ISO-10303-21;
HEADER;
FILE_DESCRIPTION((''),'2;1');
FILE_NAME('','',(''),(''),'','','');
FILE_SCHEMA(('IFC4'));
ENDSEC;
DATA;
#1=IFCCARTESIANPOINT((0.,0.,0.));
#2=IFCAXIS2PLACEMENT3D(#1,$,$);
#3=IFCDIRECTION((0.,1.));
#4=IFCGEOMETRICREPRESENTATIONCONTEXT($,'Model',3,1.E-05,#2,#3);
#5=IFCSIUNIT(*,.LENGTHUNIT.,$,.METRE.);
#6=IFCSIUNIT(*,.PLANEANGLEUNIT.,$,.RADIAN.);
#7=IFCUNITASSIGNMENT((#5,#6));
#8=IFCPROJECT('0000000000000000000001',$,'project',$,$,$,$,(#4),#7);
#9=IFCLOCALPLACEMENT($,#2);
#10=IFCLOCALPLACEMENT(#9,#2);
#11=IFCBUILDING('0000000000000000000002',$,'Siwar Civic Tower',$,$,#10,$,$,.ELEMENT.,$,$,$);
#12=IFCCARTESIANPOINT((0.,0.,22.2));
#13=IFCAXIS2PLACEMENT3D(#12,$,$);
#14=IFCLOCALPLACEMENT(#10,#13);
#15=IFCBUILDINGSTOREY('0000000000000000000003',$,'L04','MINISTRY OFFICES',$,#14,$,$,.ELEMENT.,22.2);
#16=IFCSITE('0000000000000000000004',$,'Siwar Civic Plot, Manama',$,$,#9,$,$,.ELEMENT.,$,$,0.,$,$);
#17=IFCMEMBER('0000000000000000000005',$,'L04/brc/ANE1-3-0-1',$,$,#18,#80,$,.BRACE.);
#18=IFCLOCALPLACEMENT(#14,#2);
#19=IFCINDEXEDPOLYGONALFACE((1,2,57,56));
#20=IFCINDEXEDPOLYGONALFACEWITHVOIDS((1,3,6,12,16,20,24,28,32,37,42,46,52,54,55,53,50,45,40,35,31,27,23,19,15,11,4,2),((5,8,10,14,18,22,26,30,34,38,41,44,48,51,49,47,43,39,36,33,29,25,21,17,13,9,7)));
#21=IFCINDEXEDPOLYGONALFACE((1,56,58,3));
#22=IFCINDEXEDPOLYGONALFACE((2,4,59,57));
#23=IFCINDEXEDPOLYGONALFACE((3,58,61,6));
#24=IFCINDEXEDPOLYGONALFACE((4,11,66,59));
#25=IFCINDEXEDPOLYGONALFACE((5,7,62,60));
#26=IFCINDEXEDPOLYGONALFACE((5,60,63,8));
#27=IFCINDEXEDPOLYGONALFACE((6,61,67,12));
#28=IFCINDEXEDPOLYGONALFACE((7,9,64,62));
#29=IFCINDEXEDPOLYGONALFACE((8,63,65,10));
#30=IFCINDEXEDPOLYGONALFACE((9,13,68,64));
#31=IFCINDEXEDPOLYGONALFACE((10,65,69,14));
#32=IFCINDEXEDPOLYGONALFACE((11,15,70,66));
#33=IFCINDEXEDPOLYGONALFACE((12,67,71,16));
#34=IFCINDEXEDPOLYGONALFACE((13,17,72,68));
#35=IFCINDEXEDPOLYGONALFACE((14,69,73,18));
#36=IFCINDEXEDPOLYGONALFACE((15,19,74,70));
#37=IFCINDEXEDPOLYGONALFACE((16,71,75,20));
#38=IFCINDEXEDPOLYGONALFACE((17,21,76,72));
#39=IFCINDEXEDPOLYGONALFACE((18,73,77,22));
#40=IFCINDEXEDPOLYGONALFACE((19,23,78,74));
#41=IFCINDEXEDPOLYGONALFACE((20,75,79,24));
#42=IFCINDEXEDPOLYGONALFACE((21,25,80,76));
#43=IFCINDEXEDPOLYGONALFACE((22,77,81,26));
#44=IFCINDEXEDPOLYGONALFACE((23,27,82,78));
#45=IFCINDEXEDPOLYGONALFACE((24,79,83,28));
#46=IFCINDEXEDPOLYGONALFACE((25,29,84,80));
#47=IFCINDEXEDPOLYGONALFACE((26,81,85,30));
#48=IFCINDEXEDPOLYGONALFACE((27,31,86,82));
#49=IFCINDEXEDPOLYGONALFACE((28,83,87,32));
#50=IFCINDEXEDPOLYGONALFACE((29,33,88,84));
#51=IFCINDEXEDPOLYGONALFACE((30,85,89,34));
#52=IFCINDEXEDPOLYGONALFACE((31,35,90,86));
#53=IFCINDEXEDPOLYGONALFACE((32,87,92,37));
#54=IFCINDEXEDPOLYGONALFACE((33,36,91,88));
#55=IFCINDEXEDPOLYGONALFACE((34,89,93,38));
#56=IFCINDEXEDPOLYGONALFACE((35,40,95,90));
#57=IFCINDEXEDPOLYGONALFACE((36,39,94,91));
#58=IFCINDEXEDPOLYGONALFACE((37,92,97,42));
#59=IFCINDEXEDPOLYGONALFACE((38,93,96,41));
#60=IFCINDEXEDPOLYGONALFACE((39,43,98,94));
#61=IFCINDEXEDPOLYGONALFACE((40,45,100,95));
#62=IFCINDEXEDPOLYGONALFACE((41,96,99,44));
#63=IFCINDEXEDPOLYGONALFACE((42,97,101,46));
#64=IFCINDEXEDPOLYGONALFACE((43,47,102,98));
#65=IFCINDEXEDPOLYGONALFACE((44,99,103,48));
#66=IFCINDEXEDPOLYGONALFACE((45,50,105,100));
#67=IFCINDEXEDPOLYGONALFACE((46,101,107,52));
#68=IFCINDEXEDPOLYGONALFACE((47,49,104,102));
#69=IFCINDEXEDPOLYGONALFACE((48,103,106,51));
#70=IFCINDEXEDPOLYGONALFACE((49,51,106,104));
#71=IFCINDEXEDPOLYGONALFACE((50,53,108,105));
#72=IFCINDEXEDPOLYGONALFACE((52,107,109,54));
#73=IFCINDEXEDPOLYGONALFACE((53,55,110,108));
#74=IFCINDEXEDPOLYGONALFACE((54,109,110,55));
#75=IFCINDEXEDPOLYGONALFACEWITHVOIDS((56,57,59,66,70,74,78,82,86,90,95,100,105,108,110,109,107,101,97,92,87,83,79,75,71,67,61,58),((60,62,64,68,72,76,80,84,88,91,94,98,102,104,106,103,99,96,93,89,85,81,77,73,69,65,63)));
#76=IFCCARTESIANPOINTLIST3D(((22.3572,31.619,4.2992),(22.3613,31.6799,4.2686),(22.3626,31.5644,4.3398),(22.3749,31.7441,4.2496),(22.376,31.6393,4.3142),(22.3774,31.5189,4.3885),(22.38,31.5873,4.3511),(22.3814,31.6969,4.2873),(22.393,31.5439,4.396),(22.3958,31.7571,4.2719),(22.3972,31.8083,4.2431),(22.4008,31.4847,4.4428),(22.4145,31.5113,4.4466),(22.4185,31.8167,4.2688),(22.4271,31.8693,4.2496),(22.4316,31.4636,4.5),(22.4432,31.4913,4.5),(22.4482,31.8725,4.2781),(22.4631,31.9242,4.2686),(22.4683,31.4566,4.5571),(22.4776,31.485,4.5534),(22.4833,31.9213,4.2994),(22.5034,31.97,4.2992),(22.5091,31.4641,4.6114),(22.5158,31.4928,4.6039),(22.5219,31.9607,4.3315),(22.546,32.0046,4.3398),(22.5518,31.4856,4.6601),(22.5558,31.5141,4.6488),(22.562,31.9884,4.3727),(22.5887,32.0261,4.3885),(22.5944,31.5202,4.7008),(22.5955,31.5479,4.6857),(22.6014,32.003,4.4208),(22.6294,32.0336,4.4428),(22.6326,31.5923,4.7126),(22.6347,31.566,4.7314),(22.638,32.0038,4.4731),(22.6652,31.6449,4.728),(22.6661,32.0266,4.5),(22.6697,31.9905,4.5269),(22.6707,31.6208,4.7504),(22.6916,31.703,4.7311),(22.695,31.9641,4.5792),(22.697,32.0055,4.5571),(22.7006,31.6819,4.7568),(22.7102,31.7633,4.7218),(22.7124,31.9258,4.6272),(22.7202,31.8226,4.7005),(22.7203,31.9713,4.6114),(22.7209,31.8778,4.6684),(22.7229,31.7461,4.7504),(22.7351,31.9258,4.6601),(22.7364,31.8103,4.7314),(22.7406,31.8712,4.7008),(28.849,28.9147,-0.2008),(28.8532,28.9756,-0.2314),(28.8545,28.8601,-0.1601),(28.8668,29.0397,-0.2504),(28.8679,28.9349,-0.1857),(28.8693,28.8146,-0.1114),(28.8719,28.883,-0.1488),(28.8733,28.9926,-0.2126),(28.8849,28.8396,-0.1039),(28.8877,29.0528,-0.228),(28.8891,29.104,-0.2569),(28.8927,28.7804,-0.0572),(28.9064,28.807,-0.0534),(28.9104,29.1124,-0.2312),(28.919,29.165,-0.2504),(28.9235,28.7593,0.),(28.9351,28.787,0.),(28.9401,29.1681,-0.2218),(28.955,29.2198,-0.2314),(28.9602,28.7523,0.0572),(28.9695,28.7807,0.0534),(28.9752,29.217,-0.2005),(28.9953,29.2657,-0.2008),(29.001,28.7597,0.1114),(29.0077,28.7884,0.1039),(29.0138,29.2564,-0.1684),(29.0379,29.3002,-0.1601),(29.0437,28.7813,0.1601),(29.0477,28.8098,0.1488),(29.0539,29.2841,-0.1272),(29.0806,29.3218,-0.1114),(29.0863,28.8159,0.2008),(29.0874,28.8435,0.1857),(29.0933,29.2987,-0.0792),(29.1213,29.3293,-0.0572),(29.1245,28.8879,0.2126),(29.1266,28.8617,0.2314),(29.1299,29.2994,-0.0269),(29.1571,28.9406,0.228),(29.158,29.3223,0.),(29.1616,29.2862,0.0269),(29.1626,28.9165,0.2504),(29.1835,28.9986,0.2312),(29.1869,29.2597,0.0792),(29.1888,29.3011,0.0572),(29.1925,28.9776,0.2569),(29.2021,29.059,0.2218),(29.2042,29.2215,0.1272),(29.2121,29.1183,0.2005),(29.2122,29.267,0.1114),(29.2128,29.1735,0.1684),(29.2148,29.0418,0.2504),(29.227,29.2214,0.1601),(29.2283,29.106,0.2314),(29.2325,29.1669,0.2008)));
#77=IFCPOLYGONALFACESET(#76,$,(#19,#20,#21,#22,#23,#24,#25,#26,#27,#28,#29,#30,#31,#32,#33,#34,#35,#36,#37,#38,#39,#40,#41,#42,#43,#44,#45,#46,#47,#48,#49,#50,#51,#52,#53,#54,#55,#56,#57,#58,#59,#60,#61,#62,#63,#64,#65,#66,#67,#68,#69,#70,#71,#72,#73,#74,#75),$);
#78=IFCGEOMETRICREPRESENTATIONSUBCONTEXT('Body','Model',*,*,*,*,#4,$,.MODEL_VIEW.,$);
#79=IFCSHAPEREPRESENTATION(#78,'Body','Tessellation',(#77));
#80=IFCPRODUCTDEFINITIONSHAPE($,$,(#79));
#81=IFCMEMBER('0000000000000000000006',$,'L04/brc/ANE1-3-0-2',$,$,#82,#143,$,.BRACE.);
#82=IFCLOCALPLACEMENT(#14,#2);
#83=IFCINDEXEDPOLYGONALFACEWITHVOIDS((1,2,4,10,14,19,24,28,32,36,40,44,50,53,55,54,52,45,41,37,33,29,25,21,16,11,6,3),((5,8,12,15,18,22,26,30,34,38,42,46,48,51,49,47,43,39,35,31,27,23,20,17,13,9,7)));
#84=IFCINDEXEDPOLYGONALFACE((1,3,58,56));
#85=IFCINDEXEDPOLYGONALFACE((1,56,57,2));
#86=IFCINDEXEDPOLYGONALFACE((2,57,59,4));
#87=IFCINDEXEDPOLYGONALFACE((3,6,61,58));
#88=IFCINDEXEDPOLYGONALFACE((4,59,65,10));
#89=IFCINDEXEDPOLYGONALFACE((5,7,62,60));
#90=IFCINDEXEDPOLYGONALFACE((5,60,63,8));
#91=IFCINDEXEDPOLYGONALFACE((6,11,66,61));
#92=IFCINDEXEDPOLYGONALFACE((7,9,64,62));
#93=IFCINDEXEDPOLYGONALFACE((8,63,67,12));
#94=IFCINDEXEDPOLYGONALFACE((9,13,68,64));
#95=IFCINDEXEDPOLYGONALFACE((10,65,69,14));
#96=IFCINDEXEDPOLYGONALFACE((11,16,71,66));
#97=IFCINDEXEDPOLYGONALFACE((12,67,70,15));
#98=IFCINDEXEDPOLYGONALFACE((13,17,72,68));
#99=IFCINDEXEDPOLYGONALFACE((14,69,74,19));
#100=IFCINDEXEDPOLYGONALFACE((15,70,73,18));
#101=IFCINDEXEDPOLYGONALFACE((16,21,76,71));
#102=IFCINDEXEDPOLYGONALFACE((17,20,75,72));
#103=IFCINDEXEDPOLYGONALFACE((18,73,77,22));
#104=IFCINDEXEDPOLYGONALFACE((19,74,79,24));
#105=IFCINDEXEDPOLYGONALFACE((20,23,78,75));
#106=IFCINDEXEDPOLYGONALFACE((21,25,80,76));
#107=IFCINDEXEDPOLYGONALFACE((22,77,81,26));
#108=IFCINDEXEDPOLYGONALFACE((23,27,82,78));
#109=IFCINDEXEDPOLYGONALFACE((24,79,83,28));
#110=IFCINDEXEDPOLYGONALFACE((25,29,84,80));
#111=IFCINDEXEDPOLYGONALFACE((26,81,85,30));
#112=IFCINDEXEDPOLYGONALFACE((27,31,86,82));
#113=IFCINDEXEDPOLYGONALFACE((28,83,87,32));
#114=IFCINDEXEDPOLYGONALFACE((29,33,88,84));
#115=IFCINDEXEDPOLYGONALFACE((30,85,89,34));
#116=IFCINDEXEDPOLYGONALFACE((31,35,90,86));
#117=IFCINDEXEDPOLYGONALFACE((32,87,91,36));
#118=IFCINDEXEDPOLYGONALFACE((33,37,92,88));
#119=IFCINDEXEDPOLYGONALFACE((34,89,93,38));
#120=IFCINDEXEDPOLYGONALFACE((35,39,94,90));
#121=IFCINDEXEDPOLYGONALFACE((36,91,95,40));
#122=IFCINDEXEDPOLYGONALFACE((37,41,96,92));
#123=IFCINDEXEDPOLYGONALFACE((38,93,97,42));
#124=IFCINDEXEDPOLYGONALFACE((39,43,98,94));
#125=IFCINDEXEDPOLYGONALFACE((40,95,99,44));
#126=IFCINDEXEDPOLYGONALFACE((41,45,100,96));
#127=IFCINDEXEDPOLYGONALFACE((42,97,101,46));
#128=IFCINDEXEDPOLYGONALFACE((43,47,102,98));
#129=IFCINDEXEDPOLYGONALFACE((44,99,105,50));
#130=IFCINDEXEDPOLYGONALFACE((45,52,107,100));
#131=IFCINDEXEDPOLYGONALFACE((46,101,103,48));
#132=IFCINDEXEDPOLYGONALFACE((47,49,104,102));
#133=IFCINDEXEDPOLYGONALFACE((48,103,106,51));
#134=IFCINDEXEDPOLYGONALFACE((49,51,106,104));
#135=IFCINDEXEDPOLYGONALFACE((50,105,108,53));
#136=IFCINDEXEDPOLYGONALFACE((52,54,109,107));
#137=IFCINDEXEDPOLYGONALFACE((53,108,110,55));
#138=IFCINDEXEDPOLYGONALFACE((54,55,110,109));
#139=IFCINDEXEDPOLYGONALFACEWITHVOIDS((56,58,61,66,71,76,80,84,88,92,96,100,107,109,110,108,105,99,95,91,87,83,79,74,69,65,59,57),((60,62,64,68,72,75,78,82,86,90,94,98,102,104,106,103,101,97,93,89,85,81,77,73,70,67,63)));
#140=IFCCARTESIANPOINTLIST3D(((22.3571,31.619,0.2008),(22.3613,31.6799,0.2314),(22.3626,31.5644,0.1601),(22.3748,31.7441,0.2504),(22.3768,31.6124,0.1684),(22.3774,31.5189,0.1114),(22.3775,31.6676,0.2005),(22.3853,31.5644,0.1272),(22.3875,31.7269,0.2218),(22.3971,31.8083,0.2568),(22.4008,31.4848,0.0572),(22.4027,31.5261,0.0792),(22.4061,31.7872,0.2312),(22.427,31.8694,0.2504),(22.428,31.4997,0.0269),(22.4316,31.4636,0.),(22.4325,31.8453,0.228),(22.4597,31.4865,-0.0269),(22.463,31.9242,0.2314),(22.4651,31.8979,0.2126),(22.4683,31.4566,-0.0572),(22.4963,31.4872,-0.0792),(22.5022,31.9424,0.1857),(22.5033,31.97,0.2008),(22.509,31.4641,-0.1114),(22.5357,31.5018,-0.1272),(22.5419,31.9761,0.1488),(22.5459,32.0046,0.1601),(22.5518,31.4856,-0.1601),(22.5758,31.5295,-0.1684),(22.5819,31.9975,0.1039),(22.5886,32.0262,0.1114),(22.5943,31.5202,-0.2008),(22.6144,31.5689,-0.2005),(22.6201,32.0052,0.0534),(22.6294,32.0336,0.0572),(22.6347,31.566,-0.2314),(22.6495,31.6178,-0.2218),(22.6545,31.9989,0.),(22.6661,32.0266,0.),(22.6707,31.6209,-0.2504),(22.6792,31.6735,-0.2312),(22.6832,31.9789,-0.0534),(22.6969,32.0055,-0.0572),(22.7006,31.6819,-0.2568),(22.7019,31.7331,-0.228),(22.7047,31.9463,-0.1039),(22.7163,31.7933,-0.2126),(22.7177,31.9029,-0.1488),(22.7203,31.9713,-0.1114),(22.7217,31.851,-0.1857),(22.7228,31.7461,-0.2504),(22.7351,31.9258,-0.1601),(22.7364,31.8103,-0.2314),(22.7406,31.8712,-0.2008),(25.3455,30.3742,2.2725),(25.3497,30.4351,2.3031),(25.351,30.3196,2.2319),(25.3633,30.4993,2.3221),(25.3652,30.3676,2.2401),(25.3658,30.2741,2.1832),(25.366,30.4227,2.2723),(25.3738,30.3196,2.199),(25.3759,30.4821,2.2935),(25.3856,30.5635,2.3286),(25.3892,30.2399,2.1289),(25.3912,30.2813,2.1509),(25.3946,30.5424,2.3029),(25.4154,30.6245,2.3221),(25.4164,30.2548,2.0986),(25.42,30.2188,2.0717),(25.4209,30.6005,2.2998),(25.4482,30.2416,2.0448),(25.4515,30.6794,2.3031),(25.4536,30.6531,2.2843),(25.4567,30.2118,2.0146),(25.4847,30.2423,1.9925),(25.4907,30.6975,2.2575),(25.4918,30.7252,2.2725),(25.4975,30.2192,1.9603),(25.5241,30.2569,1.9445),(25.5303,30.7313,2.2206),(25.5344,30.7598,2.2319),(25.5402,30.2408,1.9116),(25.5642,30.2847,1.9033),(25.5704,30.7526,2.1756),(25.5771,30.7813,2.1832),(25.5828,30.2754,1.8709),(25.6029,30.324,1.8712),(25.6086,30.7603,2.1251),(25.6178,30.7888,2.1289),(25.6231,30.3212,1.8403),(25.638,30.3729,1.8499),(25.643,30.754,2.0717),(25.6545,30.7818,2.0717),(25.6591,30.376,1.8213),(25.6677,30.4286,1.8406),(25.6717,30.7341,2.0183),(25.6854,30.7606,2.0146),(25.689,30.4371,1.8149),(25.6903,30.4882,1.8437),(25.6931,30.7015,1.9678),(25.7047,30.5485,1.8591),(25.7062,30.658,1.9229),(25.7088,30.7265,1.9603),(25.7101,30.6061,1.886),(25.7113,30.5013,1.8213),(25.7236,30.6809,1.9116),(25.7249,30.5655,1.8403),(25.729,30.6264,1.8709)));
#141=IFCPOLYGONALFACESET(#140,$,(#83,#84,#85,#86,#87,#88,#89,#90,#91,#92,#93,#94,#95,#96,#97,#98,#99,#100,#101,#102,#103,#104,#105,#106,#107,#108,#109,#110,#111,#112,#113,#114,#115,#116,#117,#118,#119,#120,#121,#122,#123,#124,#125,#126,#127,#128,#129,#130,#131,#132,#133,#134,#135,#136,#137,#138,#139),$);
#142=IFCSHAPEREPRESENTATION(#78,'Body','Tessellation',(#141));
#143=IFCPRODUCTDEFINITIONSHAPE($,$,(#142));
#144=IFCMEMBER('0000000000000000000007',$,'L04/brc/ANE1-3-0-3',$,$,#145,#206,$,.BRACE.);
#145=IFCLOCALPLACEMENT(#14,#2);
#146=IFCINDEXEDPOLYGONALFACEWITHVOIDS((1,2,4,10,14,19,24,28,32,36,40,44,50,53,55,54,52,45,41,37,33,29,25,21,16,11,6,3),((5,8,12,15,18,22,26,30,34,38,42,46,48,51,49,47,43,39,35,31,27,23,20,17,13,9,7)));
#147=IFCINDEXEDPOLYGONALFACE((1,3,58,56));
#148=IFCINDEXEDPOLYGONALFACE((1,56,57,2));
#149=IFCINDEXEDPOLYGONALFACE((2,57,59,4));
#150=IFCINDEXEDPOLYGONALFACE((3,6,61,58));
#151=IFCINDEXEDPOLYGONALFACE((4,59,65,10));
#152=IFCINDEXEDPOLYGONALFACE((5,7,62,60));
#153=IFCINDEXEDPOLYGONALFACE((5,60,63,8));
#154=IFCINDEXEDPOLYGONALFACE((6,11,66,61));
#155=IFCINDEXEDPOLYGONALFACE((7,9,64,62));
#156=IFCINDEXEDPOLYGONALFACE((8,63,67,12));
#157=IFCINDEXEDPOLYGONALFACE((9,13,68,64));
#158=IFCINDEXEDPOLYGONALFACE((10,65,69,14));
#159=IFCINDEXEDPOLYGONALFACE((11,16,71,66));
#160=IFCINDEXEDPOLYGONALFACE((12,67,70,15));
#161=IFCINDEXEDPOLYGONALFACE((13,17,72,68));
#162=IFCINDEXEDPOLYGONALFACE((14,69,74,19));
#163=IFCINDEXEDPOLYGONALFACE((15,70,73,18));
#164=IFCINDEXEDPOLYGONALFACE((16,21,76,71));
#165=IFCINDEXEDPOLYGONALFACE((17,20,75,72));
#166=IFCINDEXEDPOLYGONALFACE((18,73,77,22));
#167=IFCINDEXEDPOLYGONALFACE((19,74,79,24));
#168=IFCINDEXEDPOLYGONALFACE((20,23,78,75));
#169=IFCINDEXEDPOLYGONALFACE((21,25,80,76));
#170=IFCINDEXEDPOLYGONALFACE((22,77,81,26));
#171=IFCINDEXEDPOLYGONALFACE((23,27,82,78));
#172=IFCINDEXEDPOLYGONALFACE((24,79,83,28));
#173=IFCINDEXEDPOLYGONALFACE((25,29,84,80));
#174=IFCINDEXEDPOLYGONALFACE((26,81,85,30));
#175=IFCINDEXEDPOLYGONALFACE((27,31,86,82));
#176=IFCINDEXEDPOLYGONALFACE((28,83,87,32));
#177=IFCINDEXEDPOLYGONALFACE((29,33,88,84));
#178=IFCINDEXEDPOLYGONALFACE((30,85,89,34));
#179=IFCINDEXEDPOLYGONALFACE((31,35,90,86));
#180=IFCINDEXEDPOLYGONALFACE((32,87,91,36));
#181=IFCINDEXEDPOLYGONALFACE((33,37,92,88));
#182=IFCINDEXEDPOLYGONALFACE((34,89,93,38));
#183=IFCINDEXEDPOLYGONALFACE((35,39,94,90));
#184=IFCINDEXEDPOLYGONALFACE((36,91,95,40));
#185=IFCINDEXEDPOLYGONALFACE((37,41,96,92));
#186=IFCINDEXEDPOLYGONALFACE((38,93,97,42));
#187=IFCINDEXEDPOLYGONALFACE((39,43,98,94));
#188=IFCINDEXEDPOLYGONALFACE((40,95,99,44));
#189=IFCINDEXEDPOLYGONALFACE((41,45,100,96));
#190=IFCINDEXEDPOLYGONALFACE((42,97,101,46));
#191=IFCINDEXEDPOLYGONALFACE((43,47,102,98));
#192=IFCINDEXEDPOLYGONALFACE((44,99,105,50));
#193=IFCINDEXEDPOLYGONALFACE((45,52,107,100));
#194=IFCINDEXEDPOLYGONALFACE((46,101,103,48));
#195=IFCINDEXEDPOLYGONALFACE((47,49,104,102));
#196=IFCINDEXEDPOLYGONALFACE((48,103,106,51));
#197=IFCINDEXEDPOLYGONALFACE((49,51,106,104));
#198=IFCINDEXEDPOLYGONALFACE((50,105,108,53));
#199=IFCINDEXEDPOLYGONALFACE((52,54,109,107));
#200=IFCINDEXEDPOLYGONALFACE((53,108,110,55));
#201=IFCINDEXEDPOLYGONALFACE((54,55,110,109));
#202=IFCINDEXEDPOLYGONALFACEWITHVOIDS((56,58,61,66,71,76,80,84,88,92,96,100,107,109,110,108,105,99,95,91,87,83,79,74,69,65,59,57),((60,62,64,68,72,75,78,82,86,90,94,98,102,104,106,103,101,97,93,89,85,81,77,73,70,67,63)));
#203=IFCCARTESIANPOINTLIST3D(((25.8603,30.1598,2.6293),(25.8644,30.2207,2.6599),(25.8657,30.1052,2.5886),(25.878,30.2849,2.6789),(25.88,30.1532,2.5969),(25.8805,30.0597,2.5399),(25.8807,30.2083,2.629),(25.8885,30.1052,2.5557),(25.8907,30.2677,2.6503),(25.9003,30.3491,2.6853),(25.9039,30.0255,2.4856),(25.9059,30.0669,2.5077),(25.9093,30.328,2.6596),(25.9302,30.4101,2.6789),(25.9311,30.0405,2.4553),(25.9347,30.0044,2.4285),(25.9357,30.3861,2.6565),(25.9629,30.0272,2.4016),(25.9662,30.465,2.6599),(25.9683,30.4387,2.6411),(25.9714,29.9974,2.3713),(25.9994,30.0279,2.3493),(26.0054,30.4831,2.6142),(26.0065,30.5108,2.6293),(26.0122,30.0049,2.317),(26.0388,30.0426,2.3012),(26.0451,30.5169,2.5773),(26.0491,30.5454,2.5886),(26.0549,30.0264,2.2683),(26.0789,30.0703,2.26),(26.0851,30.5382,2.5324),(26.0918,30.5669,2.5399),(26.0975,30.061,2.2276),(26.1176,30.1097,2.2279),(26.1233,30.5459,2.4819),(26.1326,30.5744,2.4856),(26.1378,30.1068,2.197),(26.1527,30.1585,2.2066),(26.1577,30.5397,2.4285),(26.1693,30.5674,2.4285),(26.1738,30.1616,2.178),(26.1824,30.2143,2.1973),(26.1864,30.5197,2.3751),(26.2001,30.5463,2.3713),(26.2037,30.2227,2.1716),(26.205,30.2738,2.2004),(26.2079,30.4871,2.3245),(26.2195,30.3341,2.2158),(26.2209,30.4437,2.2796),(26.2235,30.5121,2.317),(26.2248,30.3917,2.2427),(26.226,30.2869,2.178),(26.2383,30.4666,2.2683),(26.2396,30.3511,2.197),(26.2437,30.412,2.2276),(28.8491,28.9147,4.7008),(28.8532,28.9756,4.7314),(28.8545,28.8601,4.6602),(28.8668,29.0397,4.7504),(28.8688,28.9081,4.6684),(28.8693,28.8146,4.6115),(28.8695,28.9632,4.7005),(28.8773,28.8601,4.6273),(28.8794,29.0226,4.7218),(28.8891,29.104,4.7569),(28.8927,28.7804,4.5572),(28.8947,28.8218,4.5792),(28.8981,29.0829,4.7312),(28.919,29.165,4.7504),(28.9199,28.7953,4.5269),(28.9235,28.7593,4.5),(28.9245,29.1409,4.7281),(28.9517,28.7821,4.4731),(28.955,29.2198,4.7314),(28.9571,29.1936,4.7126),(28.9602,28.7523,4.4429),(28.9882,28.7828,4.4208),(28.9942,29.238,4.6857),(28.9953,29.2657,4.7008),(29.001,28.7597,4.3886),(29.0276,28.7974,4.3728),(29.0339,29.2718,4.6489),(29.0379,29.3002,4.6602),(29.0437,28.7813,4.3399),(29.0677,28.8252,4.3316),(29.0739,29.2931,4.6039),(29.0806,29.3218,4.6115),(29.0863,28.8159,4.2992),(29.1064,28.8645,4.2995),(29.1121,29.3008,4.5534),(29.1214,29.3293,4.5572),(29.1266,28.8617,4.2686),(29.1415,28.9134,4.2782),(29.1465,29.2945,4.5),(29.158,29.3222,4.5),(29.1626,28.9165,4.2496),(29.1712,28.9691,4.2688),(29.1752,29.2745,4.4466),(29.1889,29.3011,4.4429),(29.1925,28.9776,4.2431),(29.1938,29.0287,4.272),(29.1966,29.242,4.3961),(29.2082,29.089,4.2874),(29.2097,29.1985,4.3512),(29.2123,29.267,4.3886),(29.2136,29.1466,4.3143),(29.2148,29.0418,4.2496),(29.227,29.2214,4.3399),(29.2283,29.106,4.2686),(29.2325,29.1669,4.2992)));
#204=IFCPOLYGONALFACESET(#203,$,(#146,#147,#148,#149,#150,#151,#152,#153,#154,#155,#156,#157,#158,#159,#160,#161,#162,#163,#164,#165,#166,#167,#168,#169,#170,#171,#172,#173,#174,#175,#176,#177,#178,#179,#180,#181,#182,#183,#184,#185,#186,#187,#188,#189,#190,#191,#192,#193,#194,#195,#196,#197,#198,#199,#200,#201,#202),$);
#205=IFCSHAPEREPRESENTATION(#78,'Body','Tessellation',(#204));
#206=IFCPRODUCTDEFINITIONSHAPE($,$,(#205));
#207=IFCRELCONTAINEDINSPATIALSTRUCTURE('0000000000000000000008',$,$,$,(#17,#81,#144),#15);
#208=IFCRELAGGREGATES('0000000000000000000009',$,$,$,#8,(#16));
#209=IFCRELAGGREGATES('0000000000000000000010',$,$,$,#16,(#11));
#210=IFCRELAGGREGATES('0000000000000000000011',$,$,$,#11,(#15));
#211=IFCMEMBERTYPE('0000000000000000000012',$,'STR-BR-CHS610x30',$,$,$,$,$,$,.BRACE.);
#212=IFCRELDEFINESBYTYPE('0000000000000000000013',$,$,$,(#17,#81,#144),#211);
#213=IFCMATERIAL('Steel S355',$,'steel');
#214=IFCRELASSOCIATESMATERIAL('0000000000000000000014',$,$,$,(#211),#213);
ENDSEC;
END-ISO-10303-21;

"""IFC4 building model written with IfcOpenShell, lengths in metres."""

from ifc_helpers import new_model, si_unit, direction, frame, origin, origin_2d, place, context, subcontext, project, spatial, hollow_circle, extrude, material, material_profile, profile_set, type_object, element, save


model = new_model("IFC4")

# Units and contexts
model_context = context("Model", 3, precision=1e-05, world=origin(), true_north=direction((0.0, 1.0)))
body_context = subcontext(model_context, "Body", "Model", "MODEL_VIEW")
ifc_project = project(units=[si_unit("LENGTHUNIT", "METRE"), si_unit("PLANEANGLEUNIT", "RADIAN")], contexts=[model_context])

# Site, building, storey
site_placement = place(None, origin())
site = spatial("IfcSite", under=ifc_project, at=site_placement, Name="Siwar Civic Plot, Manama", CompositionType="ELEMENT", RefElevation=0.0)
building_placement = place(site_placement, origin())
building = spatial("IfcBuilding", under=site, at=building_placement, Name="Siwar Civic Tower", CompositionType="ELEMENT")
storey_placement = place(building_placement, frame((0.0, 0.0, 22.2)))
storey = spatial("IfcBuildingStorey", under=building, at=storey_placement, Name="L04", Description="MINISTRY OFFICES", CompositionType="ELEMENT", Elevation=22.2)

# Members
ifc_material_1 = material(Name="Steel S355", Category="steel")
ifc_material_profile_1 = material_profile(ifc_material_1, hollow_circle(Radius=0.3049, WallThickness=0.03, at=origin_2d()), Name="CHS610x30")
ifc_profile_set_1 = profile_set([ifc_material_profile_1], Name="Steel S355")
member_type_1 = type_object("IfcMemberType", Name="STR-BR-CHS610x30", PredefinedType="BRACE", material=ifc_profile_set_1)
member_1_placement = place(storey_placement, frame((29.0408, 29.0408, 0.0), z_axis=(-0.777555, 0.323906, 0.538975), x_axis=(-0.384539, -0.923109, 0.0)))
element("IfcMember", 1, at=member_1_placement, inside=storey, type_object=member_type_1, Name="L04/brc/ANE1-3-0-1", PredefinedType="BRACE", context=body_context, shape_type="SweptSolid", body=[
    extrude(hollow_circle(Radius=0.3049, WallThickness=0.03, at=origin_2d()), origin(), (0.0, 0.0, 1.0), 8.3491),
])
member_2_placement = place(storey_placement, frame((22.5488, 31.7451, 0.0), z_axis=(0.777533, -0.323882, 0.53902), x_axis=(0.384524, 0.923115, 0.0)))
element("IfcMember", 2, at=member_2_placement, inside=storey, type_object=member_type_1, Name="L04/brc/ANE1-3-0-2", PredefinedType="BRACE", context=body_context, shape_type="SweptSolid", body=[
    extrude(hollow_circle(Radius=0.3049, WallThickness=0.03, at=origin_2d()), origin(), (0.0, 0.0, 1.0), 3.8435),
])
member_3_placement = place(storey_placement, frame((26.052, 30.2859, 2.4285), z_axis=(0.777569, -0.323934, 0.538937), x_axis=(0.384562, 0.923099, 0.0)))
element("IfcMember", 3, at=member_3_placement, inside=storey, type_object=member_type_1, Name="L04/brc/ANE1-3-0-3", PredefinedType="BRACE", context=body_context, shape_type="SweptSolid", body=[
    extrude(hollow_circle(Radius=0.3049, WallThickness=0.03, at=origin_2d()), origin(), (0.0, 0.0, 1.0), 3.8438),
])

save(model, "model.ifc")
